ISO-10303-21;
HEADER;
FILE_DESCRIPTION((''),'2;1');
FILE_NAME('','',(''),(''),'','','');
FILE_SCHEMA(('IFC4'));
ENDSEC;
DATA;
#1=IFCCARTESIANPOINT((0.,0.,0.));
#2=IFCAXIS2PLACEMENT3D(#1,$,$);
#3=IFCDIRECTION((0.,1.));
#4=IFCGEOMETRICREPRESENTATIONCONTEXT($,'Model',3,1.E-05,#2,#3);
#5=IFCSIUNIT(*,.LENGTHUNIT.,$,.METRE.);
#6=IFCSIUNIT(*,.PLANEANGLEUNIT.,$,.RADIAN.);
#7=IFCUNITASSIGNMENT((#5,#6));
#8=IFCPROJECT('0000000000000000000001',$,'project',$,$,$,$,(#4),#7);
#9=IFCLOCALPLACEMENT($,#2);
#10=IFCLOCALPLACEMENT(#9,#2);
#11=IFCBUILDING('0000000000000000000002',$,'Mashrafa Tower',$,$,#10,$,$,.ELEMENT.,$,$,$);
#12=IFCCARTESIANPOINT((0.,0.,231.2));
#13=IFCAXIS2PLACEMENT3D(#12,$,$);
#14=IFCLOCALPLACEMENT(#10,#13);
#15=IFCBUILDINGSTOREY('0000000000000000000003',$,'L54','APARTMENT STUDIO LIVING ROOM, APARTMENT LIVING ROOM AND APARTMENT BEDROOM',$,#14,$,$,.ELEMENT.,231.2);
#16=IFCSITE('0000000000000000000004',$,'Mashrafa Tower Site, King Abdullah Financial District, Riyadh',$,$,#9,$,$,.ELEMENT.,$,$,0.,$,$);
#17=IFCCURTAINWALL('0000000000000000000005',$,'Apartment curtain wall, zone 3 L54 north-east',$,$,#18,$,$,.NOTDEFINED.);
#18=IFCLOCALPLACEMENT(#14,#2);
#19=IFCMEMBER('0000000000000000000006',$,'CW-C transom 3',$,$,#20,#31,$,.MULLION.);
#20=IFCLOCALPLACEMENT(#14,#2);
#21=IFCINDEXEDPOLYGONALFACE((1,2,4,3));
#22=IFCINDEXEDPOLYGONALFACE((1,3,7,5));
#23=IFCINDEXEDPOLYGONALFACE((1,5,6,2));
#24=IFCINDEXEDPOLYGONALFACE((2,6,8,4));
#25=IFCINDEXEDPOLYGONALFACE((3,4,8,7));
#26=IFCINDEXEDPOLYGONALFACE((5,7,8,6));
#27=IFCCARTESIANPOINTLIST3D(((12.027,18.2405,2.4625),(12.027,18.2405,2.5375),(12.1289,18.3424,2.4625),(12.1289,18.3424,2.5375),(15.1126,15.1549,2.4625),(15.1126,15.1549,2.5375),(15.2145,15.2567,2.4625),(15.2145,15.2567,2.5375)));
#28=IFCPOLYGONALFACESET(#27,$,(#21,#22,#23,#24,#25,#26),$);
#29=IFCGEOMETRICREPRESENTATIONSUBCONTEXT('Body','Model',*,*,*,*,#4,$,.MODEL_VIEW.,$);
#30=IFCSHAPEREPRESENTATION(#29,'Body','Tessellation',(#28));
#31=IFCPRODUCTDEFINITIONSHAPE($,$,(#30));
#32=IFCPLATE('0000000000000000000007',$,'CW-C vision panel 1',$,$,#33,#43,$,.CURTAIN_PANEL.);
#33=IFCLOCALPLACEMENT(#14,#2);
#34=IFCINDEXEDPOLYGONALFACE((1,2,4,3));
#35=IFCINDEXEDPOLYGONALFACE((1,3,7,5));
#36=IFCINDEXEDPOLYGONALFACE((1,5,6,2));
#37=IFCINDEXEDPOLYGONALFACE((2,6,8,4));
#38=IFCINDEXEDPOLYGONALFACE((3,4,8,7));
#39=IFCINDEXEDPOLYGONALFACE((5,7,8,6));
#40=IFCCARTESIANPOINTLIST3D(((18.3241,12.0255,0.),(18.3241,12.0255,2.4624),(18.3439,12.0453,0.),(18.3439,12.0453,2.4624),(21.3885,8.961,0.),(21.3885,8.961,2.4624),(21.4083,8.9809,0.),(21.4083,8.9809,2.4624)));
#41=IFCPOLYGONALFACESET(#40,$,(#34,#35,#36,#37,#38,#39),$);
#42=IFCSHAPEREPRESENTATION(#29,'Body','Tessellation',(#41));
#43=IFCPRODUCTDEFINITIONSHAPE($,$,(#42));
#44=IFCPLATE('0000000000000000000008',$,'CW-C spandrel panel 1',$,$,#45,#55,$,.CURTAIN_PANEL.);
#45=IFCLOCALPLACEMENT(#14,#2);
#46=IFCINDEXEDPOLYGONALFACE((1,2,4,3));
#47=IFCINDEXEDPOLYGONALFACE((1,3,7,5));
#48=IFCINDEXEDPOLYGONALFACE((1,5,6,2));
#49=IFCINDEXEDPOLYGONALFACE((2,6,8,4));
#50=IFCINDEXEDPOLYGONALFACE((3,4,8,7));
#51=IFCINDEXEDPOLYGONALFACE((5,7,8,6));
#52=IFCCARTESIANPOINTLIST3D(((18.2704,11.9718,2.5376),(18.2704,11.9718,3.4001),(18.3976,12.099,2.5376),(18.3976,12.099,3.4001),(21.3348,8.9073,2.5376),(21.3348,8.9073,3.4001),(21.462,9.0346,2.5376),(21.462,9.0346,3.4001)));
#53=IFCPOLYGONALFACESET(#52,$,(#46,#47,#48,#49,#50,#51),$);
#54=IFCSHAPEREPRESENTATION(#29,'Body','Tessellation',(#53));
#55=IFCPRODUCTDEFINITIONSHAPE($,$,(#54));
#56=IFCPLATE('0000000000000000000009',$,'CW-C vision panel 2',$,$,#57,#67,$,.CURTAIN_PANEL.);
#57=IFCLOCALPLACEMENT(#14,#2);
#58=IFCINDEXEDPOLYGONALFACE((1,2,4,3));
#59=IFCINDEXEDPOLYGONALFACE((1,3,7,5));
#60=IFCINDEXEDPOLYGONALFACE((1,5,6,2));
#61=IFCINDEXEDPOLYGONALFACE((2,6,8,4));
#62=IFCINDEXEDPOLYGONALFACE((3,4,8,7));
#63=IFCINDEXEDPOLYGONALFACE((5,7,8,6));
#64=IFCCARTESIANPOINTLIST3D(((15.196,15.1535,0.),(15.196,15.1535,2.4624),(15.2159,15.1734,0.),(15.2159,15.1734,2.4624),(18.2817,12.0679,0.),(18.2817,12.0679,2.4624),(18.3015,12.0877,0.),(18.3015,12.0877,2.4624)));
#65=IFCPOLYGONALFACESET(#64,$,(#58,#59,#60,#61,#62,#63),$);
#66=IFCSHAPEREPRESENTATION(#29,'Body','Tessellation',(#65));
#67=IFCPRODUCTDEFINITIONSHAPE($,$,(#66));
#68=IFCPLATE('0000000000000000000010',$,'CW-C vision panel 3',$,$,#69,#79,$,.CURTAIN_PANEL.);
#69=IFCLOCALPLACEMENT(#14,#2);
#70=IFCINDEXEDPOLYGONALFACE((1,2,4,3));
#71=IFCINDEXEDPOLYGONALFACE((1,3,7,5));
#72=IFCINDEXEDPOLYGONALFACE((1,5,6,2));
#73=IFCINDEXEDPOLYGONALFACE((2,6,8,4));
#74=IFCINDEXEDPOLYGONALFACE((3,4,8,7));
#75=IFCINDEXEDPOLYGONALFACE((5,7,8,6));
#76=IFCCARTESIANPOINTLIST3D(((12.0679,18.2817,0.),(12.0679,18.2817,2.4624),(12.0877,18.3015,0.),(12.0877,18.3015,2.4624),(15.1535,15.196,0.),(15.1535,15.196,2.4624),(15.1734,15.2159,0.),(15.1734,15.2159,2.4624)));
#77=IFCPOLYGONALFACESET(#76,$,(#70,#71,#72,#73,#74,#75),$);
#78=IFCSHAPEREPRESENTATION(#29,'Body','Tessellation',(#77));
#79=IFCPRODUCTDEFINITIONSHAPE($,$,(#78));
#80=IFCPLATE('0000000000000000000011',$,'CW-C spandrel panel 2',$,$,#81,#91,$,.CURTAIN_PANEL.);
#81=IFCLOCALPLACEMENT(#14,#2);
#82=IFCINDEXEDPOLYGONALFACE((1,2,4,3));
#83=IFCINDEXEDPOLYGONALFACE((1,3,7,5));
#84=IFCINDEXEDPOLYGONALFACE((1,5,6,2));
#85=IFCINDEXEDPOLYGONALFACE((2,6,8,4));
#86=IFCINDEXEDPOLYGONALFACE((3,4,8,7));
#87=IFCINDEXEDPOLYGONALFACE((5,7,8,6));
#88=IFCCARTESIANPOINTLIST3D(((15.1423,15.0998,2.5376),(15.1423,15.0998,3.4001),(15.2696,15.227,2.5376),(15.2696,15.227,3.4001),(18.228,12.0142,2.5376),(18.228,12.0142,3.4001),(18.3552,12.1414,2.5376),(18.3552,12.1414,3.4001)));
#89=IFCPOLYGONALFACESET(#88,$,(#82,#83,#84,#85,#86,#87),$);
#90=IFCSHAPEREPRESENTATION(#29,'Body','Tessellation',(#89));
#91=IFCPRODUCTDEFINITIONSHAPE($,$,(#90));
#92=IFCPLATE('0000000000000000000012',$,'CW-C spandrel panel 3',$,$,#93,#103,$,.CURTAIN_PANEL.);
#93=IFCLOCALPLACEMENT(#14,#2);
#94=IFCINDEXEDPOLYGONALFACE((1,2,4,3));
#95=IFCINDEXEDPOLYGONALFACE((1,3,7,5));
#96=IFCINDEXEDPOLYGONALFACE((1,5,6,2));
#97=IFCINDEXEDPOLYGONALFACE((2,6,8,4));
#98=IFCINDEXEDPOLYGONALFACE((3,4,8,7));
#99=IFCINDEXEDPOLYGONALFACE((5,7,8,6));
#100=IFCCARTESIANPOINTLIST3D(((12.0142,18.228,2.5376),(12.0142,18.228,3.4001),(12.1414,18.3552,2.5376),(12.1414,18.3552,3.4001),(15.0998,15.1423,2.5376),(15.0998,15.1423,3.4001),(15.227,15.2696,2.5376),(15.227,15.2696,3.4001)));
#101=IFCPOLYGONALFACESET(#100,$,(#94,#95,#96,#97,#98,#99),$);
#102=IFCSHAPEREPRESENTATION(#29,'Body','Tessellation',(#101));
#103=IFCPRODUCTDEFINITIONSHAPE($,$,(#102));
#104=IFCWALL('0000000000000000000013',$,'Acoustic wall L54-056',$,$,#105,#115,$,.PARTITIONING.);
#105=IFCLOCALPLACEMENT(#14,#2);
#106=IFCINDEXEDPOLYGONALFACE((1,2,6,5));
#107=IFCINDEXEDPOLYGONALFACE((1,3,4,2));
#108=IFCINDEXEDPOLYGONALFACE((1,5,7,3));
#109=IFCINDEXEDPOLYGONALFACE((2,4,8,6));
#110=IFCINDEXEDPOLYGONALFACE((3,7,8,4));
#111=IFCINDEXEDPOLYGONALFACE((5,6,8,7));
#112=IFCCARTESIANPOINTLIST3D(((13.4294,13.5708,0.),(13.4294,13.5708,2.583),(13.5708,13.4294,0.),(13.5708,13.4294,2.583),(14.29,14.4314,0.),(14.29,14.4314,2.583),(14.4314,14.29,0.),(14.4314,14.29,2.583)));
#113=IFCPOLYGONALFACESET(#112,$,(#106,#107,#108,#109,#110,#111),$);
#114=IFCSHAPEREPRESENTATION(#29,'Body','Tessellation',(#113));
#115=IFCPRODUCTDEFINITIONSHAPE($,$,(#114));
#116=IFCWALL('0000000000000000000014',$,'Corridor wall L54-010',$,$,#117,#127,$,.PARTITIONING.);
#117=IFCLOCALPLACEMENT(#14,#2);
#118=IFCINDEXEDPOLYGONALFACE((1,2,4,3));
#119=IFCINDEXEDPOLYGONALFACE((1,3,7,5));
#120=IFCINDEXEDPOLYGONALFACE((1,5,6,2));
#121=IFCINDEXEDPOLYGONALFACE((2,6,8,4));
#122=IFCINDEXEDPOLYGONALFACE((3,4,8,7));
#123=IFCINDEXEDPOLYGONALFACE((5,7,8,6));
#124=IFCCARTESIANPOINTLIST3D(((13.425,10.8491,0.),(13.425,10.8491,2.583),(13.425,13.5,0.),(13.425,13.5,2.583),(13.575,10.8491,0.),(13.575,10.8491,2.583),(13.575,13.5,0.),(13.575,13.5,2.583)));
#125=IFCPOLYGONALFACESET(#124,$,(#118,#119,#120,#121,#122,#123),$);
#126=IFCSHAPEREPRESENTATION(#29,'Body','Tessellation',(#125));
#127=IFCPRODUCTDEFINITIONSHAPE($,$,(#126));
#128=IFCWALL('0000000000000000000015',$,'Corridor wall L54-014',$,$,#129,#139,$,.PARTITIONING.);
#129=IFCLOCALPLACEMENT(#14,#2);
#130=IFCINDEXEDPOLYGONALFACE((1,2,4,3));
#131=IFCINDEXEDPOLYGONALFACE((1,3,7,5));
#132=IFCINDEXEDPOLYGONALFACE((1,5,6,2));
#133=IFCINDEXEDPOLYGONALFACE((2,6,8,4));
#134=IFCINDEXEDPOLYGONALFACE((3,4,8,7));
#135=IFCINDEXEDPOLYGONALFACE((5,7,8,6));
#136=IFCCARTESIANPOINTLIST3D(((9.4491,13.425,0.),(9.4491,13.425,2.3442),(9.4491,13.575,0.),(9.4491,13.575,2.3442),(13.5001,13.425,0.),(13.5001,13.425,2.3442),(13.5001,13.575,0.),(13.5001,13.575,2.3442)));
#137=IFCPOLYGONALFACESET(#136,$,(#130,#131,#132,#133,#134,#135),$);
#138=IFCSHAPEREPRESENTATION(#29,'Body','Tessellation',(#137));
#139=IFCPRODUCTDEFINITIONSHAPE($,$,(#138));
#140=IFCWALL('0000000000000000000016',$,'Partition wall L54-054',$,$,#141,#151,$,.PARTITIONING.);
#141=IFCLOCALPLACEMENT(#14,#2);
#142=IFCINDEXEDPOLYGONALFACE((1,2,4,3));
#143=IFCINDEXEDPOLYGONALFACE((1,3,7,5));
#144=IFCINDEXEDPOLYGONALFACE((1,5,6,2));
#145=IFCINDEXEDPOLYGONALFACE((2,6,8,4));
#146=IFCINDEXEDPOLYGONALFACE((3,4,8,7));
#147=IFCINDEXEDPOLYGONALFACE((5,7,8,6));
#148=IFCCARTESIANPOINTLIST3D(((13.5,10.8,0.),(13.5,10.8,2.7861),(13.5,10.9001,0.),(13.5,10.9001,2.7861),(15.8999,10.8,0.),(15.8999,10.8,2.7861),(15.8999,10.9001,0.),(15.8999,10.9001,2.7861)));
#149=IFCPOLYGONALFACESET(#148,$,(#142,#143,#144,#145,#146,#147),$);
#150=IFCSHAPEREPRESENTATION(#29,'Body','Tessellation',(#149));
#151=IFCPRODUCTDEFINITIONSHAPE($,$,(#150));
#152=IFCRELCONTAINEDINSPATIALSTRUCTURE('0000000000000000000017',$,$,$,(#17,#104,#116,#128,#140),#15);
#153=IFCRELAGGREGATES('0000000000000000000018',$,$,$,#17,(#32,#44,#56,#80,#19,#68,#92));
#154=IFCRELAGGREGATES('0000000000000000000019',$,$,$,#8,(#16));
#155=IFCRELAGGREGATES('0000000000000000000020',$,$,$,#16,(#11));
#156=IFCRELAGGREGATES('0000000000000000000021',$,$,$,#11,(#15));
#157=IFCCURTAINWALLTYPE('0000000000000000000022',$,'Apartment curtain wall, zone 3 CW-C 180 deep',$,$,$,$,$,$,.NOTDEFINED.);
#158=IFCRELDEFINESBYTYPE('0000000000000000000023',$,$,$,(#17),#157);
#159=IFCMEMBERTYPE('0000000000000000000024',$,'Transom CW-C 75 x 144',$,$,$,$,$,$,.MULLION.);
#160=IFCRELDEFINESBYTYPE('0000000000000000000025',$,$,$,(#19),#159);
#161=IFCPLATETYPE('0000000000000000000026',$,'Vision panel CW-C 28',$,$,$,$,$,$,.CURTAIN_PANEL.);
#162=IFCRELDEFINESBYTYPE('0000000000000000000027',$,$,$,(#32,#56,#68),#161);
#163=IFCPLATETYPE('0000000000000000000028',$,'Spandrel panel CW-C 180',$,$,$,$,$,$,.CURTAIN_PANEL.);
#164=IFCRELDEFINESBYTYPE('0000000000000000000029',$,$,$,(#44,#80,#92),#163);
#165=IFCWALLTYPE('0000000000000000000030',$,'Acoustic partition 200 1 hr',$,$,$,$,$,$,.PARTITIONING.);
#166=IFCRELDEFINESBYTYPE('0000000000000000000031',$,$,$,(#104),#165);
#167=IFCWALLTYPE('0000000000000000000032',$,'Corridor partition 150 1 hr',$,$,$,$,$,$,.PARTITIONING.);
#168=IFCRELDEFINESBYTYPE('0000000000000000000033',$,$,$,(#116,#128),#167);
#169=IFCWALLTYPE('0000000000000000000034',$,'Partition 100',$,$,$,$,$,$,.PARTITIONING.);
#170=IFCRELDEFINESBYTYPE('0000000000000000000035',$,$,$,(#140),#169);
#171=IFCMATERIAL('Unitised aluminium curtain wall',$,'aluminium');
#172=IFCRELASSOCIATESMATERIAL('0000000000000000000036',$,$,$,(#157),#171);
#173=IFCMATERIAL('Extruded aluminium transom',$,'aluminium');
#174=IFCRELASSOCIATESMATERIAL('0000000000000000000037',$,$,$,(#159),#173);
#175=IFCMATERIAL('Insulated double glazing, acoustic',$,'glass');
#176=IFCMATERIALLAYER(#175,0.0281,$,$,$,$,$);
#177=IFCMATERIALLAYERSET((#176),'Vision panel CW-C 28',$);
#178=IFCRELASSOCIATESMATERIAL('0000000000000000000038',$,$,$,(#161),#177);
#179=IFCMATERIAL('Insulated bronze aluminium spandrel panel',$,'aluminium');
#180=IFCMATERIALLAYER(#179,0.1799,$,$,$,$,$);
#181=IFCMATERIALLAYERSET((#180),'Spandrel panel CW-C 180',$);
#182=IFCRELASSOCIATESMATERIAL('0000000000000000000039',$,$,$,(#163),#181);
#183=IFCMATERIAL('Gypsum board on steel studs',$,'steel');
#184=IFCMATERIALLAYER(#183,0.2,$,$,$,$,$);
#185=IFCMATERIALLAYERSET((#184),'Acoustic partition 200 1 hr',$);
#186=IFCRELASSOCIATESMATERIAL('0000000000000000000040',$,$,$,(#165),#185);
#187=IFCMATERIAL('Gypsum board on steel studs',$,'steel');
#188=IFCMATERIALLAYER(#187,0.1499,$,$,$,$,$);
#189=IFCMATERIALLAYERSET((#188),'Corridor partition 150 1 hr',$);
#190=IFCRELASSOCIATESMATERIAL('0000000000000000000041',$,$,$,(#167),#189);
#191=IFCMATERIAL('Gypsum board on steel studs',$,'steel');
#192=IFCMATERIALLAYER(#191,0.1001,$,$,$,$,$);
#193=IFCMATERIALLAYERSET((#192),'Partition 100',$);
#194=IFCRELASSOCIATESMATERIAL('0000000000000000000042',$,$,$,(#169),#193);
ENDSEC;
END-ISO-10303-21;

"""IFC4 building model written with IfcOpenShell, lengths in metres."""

from ifc_helpers import new_model, si_unit, direction, frame, frame_2d, origin, origin_2d, place, context, subcontext, project, spatial, rectangle, extrude, source, transform, mapped, material, layer, layer_set, material_profile, profile_set, type_object, type_shapes, element, aggregate, save


model = new_model("IFC4")

# Units and contexts
model_context = context("Model", 3, precision=1e-05, world=origin(), true_north=direction((0.0, 1.0)))
body_context = subcontext(model_context, "Body", "Model", "MODEL_VIEW")
ifc_project = project(units=[si_unit("LENGTHUNIT", "METRE"), si_unit("PLANEANGLEUNIT", "RADIAN")], contexts=[model_context])

# Site, building, storey
site_placement = place(None, origin())
site = spatial("IfcSite", under=ifc_project, at=site_placement, Name="Mashrafa Tower Site, King Abdullah Financial District, Riyadh", CompositionType="ELEMENT", RefElevation=0.0)
building_placement = place(site_placement, origin())
building = spatial("IfcBuilding", under=site, at=building_placement, Name="Mashrafa Tower", CompositionType="ELEMENT")
storey_placement = place(building_placement, frame((0.0, 0.0, 231.2)))
storey = spatial("IfcBuildingStorey", under=building, at=storey_placement, Name="L54", Description="APARTMENT STUDIO LIVING ROOM, APARTMENT LIVING ROOM AND APARTMENT BEDROOM", CompositionType="ELEMENT", Elevation=231.2)

# Curtain wall, member, plates
ifc_material_1 = material(Name="Unitised aluminium curtain wall", Category="aluminium")
curtain_wall_type = type_object("IfcCurtainWallType", Name="Apartment curtain wall, zone 3 CW-C 180 deep", PredefinedType="NOTDEFINED", material=ifc_material_1)
curtain_wall_placement = place(storey_placement, origin())
curtain_wall = element("IfcCurtainWall", 1, at=curtain_wall_placement, inside=storey, type_object=curtain_wall_type, Name="Apartment curtain wall, zone 3 L54 north-east", PredefinedType="NOTDEFINED")
ifc_material_2 = material(Name="Extruded aluminium transom", Category="aluminium")
ifc_material_profile_1 = material_profile(ifc_material_2, rectangle(XDim=0.144, YDim=0.075, at=origin_2d()), Name="Transom 75x144")
ifc_profile_set_1 = profile_set([ifc_material_profile_1], Name="Extruded aluminium transom")
member_type_1 = type_object("IfcMemberType", Name="Transom CW-C 75 x 144", PredefinedType="MULLION", material=ifc_profile_set_1)
shared_shape_1 = source(origin(), body_context, "Body", "SweptSolid", [
    extrude(rectangle(XDim=0.144, YDim=0.075, at=origin_2d()), origin(), (0.0, 0.0, 1.0), 4.3638),
])
member_1_placement = place(storey_placement, frame((15.1636, 15.2058, 2.5), z_axis=(-0.707107, 0.707107, 0.0), x_axis=(-0.707107, -0.707107, 0.0)))
member_1 = element("IfcMember", 2, at=member_1_placement, type_object=member_type_1, Name="CW-C transom 3", PredefinedType="MULLION", context=body_context, shape_type="MappedRepresentation", body=[
    mapped(shared_shape_1, transform((0.0, 0.0, 0.0))),
])
ifc_material_3 = material(Name="Insulated double glazing, acoustic", Category="glass")
ifc_layer_1 = layer(ifc_material_3, 0.0281)
ifc_layer_set_1 = layer_set([ifc_layer_1], Name="Vision panel CW-C 28")
plate_type_1 = type_object("IfcPlateType", Name="Vision panel CW-C 28", PredefinedType="CURTAIN_PANEL", material=ifc_layer_set_1)
shared_shape_2 = source(origin(), body_context, "Body", "SweptSolid", [
    extrude(rectangle(XDim=4.3337, YDim=0.0281, at=origin_2d()), origin(), (0.0, 0.0, 1.0), 2.4624),
])
plate_1_placement = place(storey_placement, frame((19.8662, 10.5032, 0.0), z_axis=(0.0, 0.0, 1.0), x_axis=(-0.707107, 0.707107, 0.0)))
plate_1 = element("IfcPlate", 3, at=plate_1_placement, type_object=plate_type_1, Name="CW-C vision panel 1", PredefinedType="CURTAIN_PANEL", context=body_context, shape_type="MappedRepresentation", body=[
    mapped(shared_shape_2, transform((0.0, 0.0, 0.0))),
])
ifc_material_4 = material(Name="Insulated bronze aluminium spandrel panel", Category="aluminium")
ifc_layer_2 = layer(ifc_material_4, 0.1799)
ifc_layer_set_2 = layer_set([ifc_layer_2], Name="Spandrel panel CW-C 180")
plate_type_2 = type_object("IfcPlateType", Name="Spandrel panel CW-C 180", PredefinedType="CURTAIN_PANEL", material=ifc_layer_set_2)
shared_shape_3 = source(origin(), body_context, "Body", "SweptSolid", [
    extrude(rectangle(XDim=4.3337, YDim=0.1799, at=origin_2d()), origin(), (0.0, 0.0, 1.0), 0.8625),
])
plate_2_placement = place(storey_placement, frame((19.8662, 10.5032, 2.5376), z_axis=(0.0, 0.0, 1.0), x_axis=(-0.707107, 0.707107, 0.0)))
plate_2 = element("IfcPlate", 4, at=plate_2_placement, type_object=plate_type_2, Name="CW-C spandrel panel 1", PredefinedType="CURTAIN_PANEL", context=body_context, shape_type="MappedRepresentation", body=[
    mapped(shared_shape_3, transform((0.0, 0.0, 0.0))),
])
shared_shape_4 = source(origin(), body_context, "Body", "SweptSolid", [
    extrude(rectangle(XDim=4.3638, YDim=0.0281, at=origin_2d()), origin(), (0.0, 0.0, 1.0), 2.4624),
])
type_shapes(plate_type_1, [shared_shape_2, shared_shape_4])
plate_3_placement = place(storey_placement, frame((16.7488, 13.6206, 0.0), z_axis=(0.0, 0.0, 1.0), x_axis=(-0.707107, 0.707107, 0.0)))
plate_3 = element("IfcPlate", 5, at=plate_3_placement, type_object=plate_type_1, Name="CW-C vision panel 2", PredefinedType="CURTAIN_PANEL", context=body_context, shape_type="MappedRepresentation", body=[
    mapped(shared_shape_4, transform((0.0, 0.0, 0.0))),
])
plate_4_placement = place(storey_placement, frame((13.6206, 16.7488, 0.0), z_axis=(0.0, 0.0, 1.0), x_axis=(-0.707107, 0.707107, 0.0)))
plate_4 = element("IfcPlate", 6, at=plate_4_placement, type_object=plate_type_1, Name="CW-C vision panel 3", PredefinedType="CURTAIN_PANEL", context=body_context, shape_type="MappedRepresentation", body=[
    mapped(shared_shape_4, transform((0.0, 0.0, 0.0))),
])
shared_shape_5 = source(origin(), body_context, "Body", "SweptSolid", [
    extrude(rectangle(XDim=4.3638, YDim=0.1799, at=origin_2d()), origin(), (0.0, 0.0, 1.0), 0.8625),
])
type_shapes(plate_type_2, [shared_shape_3, shared_shape_5])
plate_5_placement = place(storey_placement, frame((16.7488, 13.6206, 2.5376), z_axis=(0.0, 0.0, 1.0), x_axis=(-0.707107, 0.707107, 0.0)))
plate_5 = element("IfcPlate", 7, at=plate_5_placement, type_object=plate_type_2, Name="CW-C spandrel panel 2", PredefinedType="CURTAIN_PANEL", context=body_context, shape_type="MappedRepresentation", body=[
    mapped(shared_shape_5, transform((0.0, 0.0, 0.0))),
])
plate_6_placement = place(storey_placement, frame((13.6206, 16.7488, 2.5376), z_axis=(0.0, 0.0, 1.0), x_axis=(-0.707107, 0.707107, 0.0)))
plate_6 = element("IfcPlate", 8, at=plate_6_placement, type_object=plate_type_2, Name="CW-C spandrel panel 3", PredefinedType="CURTAIN_PANEL", context=body_context, shape_type="MappedRepresentation", body=[
    mapped(shared_shape_5, transform((0.0, 0.0, 0.0))),
])
aggregate(curtain_wall, [plate_1, plate_2, plate_3, plate_5, member_1, plate_4, plate_6])

# Walls
ifc_material_5 = material(Name="Gypsum board on steel studs", Category="steel")
ifc_layer_3 = layer(ifc_material_5, 0.2)
ifc_layer_set_3 = layer_set([ifc_layer_3], Name="Acoustic partition 200 1 hr")
wall_type_1 = type_object("IfcWallType", Name="Acoustic partition 200 1 hr", PredefinedType="PARTITIONING", material=ifc_layer_set_3)
wall_1_placement = place(storey_placement, frame((14.3606, 14.3606, 0.0), z_axis=(0.0, 0.0, 1.0), x_axis=(-0.707107, -0.707107, 0.0)))
element("IfcWall", 9, at=wall_1_placement, inside=storey, type_object=wall_type_1, Name="Acoustic wall L54-056", PredefinedType="PARTITIONING", context=body_context, shape_type="SweptSolid", body=[
    extrude(rectangle(XDim=1.217, YDim=0.2, at=frame_2d((0.6084, 0.0))), origin(), (0.0, 0.0, 1.0), 2.583),
])
ifc_material_6 = material(Name="Gypsum board on steel studs", Category="steel")
ifc_layer_4 = layer(ifc_material_6, 0.1499)
ifc_layer_set_4 = layer_set([ifc_layer_4], Name="Corridor partition 150 1 hr")
wall_type_2 = type_object("IfcWallType", Name="Corridor partition 150 1 hr", PredefinedType="PARTITIONING", material=ifc_layer_set_4)
wall_2_placement = place(storey_placement, frame((13.5, 10.8491, 0.0), z_axis=(0.0, 0.0, 1.0), x_axis=(0.0, 1.0, 0.0)))
element("IfcWall", 10, at=wall_2_placement, inside=storey, type_object=wall_type_2, Name="Corridor wall L54-010", PredefinedType="PARTITIONING", context=body_context, shape_type="SweptSolid", body=[
    extrude(rectangle(XDim=2.6509, YDim=0.1499, at=frame_2d((1.3254, 0.0))), origin(), (0.0, 0.0, 1.0), 2.583),
])
wall_3_placement = place(storey_placement, frame((13.5, 13.5, 0.0), z_axis=(0.0, 0.0, 1.0), x_axis=(-1.0, 0.0, 0.0)))
element("IfcWall", 11, at=wall_3_placement, inside=storey, type_object=wall_type_2, Name="Corridor wall L54-014", PredefinedType="PARTITIONING", context=body_context, shape_type="SweptSolid", body=[
    extrude(rectangle(XDim=4.051, YDim=0.1499, at=frame_2d((2.0254, 0.0))), origin(), (0.0, 0.0, 1.0), 2.3442),
])
ifc_material_7 = material(Name="Gypsum board on steel studs", Category="steel")
ifc_layer_5 = layer(ifc_material_7, 0.1001)
ifc_layer_set_5 = layer_set([ifc_layer_5], Name="Partition 100")
wall_type_3 = type_object("IfcWallType", Name="Partition 100", PredefinedType="PARTITIONING", material=ifc_layer_set_5)
wall_4_placement = place(storey_placement, frame((13.5, 10.8501, 0.0), z_axis=(0.0, 0.0, 1.0), x_axis=(1.0, 0.0, 0.0)))
element("IfcWall", 12, at=wall_4_placement, inside=storey, type_object=wall_type_3, Name="Partition wall L54-054", PredefinedType="PARTITIONING", context=body_context, shape_type="SweptSolid", body=[
    extrude(rectangle(XDim=2.3999, YDim=0.1001, at=frame_2d((1.2, 0.0))), origin(), (0.0, 0.0, 1.0), 2.7861),
])

save(model, "model.ifc")
